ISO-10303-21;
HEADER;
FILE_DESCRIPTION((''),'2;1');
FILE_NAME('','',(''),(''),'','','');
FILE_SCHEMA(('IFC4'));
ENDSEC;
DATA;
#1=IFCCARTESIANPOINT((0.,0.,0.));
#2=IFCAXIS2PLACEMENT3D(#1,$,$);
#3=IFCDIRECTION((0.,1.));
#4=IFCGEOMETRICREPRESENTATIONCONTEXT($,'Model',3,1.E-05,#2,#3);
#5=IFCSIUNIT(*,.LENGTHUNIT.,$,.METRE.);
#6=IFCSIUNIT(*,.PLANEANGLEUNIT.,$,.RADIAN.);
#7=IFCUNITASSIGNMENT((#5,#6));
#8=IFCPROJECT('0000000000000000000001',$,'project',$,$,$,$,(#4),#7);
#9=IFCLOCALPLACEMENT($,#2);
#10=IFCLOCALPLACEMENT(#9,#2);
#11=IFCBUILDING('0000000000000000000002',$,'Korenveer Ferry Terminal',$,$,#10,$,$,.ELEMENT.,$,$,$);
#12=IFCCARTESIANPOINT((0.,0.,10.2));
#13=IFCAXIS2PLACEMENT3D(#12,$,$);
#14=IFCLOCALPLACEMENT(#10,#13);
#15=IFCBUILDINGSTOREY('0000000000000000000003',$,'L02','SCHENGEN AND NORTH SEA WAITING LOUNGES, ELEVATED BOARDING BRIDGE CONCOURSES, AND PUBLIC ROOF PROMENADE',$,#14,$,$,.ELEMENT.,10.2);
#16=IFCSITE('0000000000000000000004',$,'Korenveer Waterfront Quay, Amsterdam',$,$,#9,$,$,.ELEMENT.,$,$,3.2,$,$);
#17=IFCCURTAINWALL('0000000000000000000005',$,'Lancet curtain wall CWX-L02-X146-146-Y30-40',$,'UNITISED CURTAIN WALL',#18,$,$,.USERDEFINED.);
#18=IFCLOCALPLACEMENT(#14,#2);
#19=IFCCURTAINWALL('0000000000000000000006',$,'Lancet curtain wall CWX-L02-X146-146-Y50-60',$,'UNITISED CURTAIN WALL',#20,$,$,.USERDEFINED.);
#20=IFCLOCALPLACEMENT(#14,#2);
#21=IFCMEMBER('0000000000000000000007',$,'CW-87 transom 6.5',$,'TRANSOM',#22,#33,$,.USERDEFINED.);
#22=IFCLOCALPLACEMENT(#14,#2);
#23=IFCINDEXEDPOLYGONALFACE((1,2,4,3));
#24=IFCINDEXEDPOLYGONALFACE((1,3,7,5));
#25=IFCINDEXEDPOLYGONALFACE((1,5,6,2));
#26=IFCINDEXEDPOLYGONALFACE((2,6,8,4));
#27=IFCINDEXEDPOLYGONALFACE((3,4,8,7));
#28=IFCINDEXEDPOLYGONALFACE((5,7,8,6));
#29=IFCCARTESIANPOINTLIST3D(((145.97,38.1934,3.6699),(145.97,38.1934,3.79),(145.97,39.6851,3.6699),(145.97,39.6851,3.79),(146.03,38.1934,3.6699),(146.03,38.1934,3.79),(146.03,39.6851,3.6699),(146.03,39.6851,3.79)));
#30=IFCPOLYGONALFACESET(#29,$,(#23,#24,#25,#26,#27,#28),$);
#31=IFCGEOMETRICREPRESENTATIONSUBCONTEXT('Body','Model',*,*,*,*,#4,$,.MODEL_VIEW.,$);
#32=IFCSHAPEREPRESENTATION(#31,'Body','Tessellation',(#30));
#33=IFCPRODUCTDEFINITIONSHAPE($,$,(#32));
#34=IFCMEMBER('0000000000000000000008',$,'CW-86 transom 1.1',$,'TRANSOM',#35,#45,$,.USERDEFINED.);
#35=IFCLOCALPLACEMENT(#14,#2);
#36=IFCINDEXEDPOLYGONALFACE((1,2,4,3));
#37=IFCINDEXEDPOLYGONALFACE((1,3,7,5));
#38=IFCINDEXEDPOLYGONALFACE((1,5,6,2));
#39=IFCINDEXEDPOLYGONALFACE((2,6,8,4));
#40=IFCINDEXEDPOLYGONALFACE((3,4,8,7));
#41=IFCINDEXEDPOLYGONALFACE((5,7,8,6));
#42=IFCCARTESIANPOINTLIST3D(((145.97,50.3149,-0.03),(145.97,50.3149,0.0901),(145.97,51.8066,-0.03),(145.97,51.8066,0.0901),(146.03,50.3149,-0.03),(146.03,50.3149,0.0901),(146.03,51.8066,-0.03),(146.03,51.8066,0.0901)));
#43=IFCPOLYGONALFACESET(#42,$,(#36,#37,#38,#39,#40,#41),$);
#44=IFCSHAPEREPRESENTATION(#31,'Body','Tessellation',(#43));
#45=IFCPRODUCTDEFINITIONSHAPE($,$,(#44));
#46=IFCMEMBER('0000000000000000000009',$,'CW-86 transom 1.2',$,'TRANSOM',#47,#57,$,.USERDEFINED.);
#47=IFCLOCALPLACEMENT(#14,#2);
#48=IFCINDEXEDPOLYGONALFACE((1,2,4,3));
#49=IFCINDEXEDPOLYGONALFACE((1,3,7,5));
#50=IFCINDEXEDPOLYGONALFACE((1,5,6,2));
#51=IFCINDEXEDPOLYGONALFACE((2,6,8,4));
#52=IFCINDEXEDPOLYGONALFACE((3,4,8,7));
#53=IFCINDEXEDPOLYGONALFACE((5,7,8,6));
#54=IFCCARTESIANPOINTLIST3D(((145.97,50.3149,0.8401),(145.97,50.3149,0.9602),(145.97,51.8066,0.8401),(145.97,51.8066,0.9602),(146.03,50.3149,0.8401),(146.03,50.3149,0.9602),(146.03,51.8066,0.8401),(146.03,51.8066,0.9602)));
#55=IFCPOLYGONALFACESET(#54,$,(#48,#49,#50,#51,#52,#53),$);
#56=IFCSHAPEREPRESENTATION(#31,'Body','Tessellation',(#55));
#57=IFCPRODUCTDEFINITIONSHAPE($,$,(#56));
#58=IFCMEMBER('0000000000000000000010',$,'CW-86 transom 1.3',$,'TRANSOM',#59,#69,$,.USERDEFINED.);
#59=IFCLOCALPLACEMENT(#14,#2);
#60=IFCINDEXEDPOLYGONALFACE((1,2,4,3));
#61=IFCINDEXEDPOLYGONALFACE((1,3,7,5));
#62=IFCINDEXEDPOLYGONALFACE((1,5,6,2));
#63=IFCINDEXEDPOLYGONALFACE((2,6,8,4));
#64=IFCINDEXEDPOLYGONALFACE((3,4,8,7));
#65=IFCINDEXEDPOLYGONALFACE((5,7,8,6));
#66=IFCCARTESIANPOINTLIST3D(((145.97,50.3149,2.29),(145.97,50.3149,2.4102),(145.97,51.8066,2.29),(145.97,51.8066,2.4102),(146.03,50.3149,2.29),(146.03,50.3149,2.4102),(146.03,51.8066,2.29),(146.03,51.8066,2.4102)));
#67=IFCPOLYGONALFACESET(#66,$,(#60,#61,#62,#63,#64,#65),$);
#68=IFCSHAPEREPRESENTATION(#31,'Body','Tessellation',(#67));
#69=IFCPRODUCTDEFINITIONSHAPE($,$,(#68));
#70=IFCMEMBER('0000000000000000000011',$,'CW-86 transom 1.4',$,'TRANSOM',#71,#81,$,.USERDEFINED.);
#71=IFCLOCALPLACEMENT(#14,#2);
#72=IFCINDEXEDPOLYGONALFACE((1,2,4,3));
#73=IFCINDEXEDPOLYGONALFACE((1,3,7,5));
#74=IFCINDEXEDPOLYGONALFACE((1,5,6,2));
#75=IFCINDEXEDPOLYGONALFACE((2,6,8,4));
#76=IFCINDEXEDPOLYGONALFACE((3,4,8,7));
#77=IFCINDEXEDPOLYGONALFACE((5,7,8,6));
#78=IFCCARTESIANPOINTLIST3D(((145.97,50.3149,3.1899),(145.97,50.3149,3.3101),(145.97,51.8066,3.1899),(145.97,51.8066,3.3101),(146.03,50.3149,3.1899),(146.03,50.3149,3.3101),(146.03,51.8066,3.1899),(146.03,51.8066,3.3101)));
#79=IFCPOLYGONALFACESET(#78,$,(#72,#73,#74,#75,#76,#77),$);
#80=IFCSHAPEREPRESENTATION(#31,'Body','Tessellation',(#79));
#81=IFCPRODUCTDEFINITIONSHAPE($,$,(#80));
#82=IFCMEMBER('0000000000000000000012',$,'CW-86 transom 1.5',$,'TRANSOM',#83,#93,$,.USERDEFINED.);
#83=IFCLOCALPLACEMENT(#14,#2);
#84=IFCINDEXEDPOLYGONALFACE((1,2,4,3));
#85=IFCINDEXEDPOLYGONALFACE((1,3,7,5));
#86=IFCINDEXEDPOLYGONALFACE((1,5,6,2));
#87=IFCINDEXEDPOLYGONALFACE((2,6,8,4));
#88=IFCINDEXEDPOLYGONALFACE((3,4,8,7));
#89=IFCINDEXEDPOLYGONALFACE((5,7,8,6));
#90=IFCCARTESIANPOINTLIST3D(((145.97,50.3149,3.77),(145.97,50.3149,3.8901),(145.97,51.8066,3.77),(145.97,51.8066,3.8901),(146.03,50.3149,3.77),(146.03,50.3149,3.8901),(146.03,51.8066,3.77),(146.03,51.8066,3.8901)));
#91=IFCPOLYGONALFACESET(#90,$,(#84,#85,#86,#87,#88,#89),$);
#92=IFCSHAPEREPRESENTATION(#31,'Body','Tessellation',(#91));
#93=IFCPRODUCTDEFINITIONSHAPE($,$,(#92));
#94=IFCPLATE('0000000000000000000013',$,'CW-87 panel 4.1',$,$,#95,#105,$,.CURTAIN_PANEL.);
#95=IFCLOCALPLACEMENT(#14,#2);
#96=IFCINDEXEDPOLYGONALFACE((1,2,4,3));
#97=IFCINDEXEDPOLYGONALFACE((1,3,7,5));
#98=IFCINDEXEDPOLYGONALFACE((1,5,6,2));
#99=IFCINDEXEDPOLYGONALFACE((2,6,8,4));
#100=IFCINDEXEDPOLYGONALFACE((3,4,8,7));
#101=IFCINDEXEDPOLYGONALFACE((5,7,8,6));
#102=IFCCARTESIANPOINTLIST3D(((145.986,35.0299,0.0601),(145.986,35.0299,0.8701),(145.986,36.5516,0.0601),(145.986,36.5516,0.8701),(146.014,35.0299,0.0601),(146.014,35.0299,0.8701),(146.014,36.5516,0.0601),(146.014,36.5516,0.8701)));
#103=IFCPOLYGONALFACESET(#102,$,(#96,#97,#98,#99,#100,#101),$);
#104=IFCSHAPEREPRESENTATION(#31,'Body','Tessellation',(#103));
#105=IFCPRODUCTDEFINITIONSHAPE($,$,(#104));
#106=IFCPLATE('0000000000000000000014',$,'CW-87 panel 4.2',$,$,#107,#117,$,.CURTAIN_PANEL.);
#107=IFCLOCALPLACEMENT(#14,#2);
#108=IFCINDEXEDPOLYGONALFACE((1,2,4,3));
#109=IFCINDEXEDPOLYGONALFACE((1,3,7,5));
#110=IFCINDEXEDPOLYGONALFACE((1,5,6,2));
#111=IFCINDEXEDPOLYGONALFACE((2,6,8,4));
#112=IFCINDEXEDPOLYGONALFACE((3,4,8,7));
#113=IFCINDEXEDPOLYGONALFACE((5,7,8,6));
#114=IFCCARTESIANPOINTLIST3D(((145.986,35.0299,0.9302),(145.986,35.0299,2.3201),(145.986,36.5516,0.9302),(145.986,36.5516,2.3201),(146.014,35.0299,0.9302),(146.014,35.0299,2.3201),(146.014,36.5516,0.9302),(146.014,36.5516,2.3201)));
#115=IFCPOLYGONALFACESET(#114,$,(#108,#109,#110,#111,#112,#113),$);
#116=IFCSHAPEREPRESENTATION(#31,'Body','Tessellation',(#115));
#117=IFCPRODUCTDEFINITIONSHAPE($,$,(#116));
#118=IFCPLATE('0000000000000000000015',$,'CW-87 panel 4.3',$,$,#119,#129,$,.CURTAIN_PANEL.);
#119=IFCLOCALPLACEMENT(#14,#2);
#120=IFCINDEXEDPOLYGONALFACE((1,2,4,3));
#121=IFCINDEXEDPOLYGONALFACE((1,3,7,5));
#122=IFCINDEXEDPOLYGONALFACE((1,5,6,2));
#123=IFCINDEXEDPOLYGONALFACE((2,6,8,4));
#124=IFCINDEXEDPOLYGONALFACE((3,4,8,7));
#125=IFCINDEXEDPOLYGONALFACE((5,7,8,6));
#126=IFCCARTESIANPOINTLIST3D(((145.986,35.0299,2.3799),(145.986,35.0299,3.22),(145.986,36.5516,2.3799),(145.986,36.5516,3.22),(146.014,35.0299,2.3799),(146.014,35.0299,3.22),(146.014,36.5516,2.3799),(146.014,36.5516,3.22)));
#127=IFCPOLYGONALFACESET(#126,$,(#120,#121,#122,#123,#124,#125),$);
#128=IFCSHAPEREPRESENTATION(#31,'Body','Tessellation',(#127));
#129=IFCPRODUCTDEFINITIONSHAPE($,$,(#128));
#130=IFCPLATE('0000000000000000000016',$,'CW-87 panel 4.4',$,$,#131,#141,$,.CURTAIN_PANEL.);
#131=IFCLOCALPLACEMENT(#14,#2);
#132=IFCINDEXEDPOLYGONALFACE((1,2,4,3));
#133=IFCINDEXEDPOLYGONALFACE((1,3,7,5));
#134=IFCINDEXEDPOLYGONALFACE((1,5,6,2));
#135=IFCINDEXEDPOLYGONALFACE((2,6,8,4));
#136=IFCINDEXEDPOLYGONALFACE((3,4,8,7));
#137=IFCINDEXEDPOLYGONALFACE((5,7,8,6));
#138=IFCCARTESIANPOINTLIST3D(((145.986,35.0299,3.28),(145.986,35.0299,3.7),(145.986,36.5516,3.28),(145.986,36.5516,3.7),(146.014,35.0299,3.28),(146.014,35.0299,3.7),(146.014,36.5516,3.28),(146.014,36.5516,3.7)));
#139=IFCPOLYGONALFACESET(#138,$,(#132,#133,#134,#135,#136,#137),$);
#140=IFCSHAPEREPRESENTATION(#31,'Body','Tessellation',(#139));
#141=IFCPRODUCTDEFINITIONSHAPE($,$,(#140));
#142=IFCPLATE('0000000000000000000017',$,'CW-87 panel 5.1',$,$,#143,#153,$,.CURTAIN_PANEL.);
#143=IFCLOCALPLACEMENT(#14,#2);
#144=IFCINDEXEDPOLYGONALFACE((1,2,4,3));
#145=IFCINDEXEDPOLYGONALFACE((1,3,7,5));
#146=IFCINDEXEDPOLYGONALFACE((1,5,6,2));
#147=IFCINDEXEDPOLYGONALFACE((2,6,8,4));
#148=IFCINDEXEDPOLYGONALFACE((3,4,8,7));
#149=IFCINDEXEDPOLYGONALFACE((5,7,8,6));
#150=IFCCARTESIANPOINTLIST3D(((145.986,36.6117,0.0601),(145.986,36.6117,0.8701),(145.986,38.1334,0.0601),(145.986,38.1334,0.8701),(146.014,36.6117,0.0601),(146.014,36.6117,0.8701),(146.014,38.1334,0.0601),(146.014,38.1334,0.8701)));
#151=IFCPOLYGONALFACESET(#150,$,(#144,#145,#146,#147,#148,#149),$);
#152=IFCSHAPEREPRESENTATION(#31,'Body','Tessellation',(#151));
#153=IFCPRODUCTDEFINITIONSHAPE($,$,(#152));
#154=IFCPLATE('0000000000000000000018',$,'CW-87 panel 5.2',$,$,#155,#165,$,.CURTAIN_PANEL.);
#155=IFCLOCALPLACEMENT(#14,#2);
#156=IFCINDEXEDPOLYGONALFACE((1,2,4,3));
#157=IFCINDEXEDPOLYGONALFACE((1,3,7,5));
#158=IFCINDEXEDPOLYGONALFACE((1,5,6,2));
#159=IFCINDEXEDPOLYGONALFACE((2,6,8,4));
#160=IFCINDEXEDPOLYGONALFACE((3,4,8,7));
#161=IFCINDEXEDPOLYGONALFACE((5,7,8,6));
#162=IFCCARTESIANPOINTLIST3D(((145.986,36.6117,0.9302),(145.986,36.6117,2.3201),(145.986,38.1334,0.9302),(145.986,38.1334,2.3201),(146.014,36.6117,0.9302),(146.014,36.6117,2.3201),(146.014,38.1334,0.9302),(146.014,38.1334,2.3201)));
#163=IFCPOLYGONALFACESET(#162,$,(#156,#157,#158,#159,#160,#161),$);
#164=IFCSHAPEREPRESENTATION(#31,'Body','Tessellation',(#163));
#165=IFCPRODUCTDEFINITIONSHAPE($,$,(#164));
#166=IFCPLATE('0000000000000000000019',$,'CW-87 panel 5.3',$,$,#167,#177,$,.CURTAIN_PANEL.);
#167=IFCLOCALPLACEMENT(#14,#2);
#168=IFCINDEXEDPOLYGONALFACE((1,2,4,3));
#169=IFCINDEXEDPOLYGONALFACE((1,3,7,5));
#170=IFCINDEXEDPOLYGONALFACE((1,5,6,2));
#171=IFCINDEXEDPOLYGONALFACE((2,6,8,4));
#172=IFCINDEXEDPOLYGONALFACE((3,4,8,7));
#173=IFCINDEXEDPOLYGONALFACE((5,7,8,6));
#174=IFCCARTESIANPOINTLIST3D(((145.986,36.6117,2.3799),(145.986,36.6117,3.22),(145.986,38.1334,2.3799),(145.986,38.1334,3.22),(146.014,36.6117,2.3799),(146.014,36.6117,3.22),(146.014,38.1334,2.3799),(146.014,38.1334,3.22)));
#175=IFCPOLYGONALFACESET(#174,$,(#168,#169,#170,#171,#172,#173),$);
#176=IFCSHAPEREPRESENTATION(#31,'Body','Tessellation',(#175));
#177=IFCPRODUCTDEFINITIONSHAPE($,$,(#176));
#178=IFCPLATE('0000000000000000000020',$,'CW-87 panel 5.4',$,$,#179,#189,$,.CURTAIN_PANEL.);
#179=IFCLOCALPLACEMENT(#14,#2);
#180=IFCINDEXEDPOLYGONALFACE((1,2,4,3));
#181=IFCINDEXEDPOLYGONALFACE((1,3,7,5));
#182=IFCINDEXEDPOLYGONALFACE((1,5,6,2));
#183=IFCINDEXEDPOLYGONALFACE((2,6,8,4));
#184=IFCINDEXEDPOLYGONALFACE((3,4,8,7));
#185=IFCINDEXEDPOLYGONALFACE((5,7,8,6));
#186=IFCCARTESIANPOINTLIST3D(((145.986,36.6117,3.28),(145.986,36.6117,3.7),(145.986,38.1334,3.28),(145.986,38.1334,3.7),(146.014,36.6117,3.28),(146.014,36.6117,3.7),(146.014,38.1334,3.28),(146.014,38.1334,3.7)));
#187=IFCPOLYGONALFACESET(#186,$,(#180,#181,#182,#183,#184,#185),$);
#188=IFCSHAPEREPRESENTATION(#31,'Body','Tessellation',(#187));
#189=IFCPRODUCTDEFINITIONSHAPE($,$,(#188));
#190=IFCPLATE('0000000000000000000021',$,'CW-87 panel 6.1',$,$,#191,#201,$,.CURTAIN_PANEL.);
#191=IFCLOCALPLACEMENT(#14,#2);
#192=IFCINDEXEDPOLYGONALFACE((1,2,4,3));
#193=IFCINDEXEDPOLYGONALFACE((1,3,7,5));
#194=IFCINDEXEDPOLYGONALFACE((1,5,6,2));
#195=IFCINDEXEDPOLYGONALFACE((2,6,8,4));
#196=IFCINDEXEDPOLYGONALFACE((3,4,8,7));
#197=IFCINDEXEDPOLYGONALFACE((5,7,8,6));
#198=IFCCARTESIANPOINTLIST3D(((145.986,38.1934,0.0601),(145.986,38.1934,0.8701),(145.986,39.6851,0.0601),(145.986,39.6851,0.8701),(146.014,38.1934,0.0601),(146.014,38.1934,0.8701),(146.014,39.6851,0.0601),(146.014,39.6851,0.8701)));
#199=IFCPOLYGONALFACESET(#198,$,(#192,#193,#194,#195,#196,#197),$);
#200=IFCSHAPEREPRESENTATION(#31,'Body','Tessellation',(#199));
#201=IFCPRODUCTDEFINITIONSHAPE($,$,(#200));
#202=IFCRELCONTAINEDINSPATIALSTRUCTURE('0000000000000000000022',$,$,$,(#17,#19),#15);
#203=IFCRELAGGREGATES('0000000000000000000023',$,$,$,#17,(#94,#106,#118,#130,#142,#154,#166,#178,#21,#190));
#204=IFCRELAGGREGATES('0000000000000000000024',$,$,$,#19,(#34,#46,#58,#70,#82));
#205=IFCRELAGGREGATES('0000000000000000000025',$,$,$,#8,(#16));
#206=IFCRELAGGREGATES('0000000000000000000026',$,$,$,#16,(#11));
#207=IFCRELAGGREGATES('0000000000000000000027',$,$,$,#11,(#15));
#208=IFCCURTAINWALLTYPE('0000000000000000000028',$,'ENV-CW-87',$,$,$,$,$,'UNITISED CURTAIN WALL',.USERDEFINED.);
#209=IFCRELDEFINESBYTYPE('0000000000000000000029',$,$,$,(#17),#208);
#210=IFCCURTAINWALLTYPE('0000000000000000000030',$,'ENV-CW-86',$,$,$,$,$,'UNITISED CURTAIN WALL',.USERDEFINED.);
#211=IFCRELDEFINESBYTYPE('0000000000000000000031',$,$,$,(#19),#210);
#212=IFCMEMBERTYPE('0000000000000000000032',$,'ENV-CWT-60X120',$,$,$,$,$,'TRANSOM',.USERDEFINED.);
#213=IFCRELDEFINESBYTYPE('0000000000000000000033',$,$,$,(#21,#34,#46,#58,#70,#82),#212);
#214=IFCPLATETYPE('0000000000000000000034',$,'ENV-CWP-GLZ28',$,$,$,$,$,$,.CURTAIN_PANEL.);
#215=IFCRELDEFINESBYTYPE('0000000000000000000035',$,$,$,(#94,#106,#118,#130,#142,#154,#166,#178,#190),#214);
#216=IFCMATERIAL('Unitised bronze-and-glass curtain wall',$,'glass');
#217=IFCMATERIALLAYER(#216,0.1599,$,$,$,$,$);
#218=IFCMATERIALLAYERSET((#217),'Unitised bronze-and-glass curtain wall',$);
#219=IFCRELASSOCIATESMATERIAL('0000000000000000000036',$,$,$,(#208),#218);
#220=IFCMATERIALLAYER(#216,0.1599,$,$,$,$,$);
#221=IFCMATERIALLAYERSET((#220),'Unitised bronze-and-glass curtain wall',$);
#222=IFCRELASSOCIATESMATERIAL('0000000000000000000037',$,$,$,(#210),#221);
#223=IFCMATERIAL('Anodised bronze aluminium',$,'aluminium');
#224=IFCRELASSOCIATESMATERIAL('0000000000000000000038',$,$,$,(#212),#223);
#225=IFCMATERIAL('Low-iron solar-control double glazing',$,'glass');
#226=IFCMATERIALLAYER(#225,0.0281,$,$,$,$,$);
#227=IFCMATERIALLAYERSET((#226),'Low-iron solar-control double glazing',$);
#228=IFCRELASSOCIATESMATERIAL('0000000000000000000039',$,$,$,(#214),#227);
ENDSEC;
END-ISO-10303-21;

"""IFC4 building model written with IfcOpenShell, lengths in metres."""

from ifc_helpers import new_model, si_unit, direction, frame, origin, origin_2d, place, context, subcontext, project, spatial, rectangle, extrude, material, layer, layer_set, material_profile, profile_set, type_object, element, aggregate, save


model = new_model("IFC4")

# Units and contexts
model_context = context("Model", 3, precision=1e-05, world=origin(), true_north=direction((0.0, 1.0)))
body_context = subcontext(model_context, "Body", "Model", "MODEL_VIEW")
ifc_project = project(units=[si_unit("LENGTHUNIT", "METRE"), si_unit("PLANEANGLEUNIT", "RADIAN")], contexts=[model_context])

# Site, building, storey
site_placement = place(None, origin())
site = spatial("IfcSite", under=ifc_project, at=site_placement, Name="Korenveer Waterfront Quay, Amsterdam", CompositionType="ELEMENT", RefElevation=3.2)
building_placement = place(site_placement, origin())
building = spatial("IfcBuilding", under=site, at=building_placement, Name="Korenveer Ferry Terminal", CompositionType="ELEMENT")
storey_placement = place(building_placement, frame((0.0, 0.0, 10.2)))
storey = spatial("IfcBuildingStorey", under=building, at=storey_placement, Name="L02", Description="SCHENGEN AND NORTH SEA WAITING LOUNGES, ELEVATED BOARDING BRIDGE CONCOURSES, AND PUBLIC ROOF PROMENADE", CompositionType="ELEMENT", Elevation=10.2)

# Curtain wall
ifc_material_1 = material(Name="Unitised bronze-and-glass curtain wall", Category="glass")
ifc_layer_1 = layer(ifc_material_1, 0.1599)
ifc_layer_set_1 = layer_set([ifc_layer_1], Name="Unitised bronze-and-glass curtain wall")
curtain_wall_type_1 = type_object("IfcCurtainWallType", Name="ENV-CW-87", ElementType="UNITISED CURTAIN WALL", PredefinedType="USERDEFINED", material=ifc_layer_set_1)
curtain_wall_1_placement = place(storey_placement, frame((146.0, 30.2549, 0.0)))
curtain_wall_1 = element("IfcCurtainWall", 1, at=curtain_wall_1_placement, inside=storey, type_object=curtain_wall_type_1, Name="Lancet curtain wall CWX-L02-X146-146-Y30-40", ObjectType="UNITISED CURTAIN WALL", PredefinedType="USERDEFINED")
ifc_material_2 = material(Name="Anodised bronze aluminium", Category="aluminium")

# Curtain wall
ifc_layer_2 = layer(ifc_material_1, 0.1599)
ifc_layer_set_2 = layer_set([ifc_layer_2], Name="Unitised bronze-and-glass curtain wall")
curtain_wall_type_2 = type_object("IfcCurtainWallType", Name="ENV-CW-86", ElementType="UNITISED CURTAIN WALL", PredefinedType="USERDEFINED", material=ifc_layer_set_2)
curtain_wall_2_placement = place(storey_placement, frame((146.0, 50.2549, 0.0)))
curtain_wall_2 = element("IfcCurtainWall", 2, at=curtain_wall_2_placement, inside=storey, type_object=curtain_wall_type_2, Name="Lancet curtain wall CWX-L02-X146-146-Y50-60", ObjectType="UNITISED CURTAIN WALL", PredefinedType="USERDEFINED")

# Members
ifc_material_profile_1 = material_profile(ifc_material_2, rectangle(XDim=0.0601, YDim=0.1201, at=origin_2d()), Name="ALU 60x120")
ifc_profile_set_1 = profile_set([ifc_material_profile_1], Name="Anodised bronze aluminium")
member_type_1 = type_object("IfcMemberType", Name="ENV-CWT-60X120", ElementType="TRANSOM", PredefinedType="USERDEFINED", material=ifc_profile_set_1)
member_1_placement = place(storey_placement, frame((146.0, 38.1934, 3.73), z_axis=(0.0, 1.0, 0.0), x_axis=(-1.0, 0.0, 0.0)))
member_1 = element("IfcMember", 3, at=member_1_placement, type_object=member_type_1, Name="CW-87 transom 6.5", ObjectType="TRANSOM", PredefinedType="USERDEFINED", context=body_context, shape_type="SweptSolid", body=[
    extrude(rectangle(XDim=0.0601, YDim=0.1201, at=origin_2d()), origin(), (0.0, 0.0, 1.0), 1.4917),
])
member_2_placement = place(storey_placement, frame((146.0, 50.3149, 0.03), z_axis=(0.0, 1.0, 0.0), x_axis=(-1.0, 0.0, 0.0)))
member_2 = element("IfcMember", 4, at=member_2_placement, type_object=member_type_1, Name="CW-86 transom 1.1", ObjectType="TRANSOM", PredefinedType="USERDEFINED", context=body_context, shape_type="SweptSolid", body=[
    extrude(rectangle(XDim=0.0601, YDim=0.1201, at=origin_2d()), origin(), (0.0, 0.0, 1.0), 1.4917),
])
member_3_placement = place(storey_placement, frame((146.0, 50.3149, 0.9001), z_axis=(0.0, 1.0, 0.0), x_axis=(-1.0, 0.0, 0.0)))
member_3 = element("IfcMember", 5, at=member_3_placement, type_object=member_type_1, Name="CW-86 transom 1.2", ObjectType="TRANSOM", PredefinedType="USERDEFINED", context=body_context, shape_type="SweptSolid", body=[
    extrude(rectangle(XDim=0.0601, YDim=0.1201, at=origin_2d()), origin(), (0.0, 0.0, 1.0), 1.4917),
])
member_4_placement = place(storey_placement, frame((146.0, 50.3149, 2.3501), z_axis=(0.0, 1.0, 0.0), x_axis=(-1.0, 0.0, 0.0)))
member_4 = element("IfcMember", 6, at=member_4_placement, type_object=member_type_1, Name="CW-86 transom 1.3", ObjectType="TRANSOM", PredefinedType="USERDEFINED", context=body_context, shape_type="SweptSolid", body=[
    extrude(rectangle(XDim=0.0601, YDim=0.1201, at=origin_2d()), origin(), (0.0, 0.0, 1.0), 1.4917),
])
member_5_placement = place(storey_placement, frame((146.0, 50.3149, 3.25), z_axis=(0.0, 1.0, 0.0), x_axis=(-1.0, 0.0, 0.0)))
member_5 = element("IfcMember", 7, at=member_5_placement, type_object=member_type_1, Name="CW-86 transom 1.4", ObjectType="TRANSOM", PredefinedType="USERDEFINED", context=body_context, shape_type="SweptSolid", body=[
    extrude(rectangle(XDim=0.0601, YDim=0.1201, at=origin_2d()), origin(), (0.0, 0.0, 1.0), 1.4917),
])
member_6_placement = place(storey_placement, frame((146.0, 50.3149, 3.8301), z_axis=(0.0, 1.0, 0.0), x_axis=(-1.0, 0.0, 0.0)))
member_6 = element("IfcMember", 8, at=member_6_placement, type_object=member_type_1, Name="CW-86 transom 1.5", ObjectType="TRANSOM", PredefinedType="USERDEFINED", context=body_context, shape_type="SweptSolid", body=[
    extrude(rectangle(XDim=0.0601, YDim=0.1201, at=origin_2d()), origin(), (0.0, 0.0, 1.0), 1.4917),
])

# Plates
ifc_material_3 = material(Name="Low-iron solar-control double glazing", Category="glass")
ifc_layer_3 = layer(ifc_material_3, 0.0281)
ifc_layer_set_3 = layer_set([ifc_layer_3], Name="Low-iron solar-control double glazing")
plate_type = type_object("IfcPlateType", Name="ENV-CWP-GLZ28", PredefinedType="CURTAIN_PANEL", material=ifc_layer_set_3)
plate_1_placement = place(storey_placement, frame((146.0, 35.7908, 0.0601), z_axis=(0.0, 0.0, 1.0), x_axis=(0.0, 1.0, 0.0)))
plate_1 = element("IfcPlate", 9, at=plate_1_placement, type_object=plate_type, Name="CW-87 panel 4.1", PredefinedType="CURTAIN_PANEL", context=body_context, shape_type="SweptSolid", body=[
    extrude(rectangle(XDim=1.5217, YDim=0.0281, at=origin_2d()), origin(), (0.0, 0.0, 1.0), 0.8101),
])
plate_2_placement = place(storey_placement, frame((146.0, 35.7908, 0.9302), z_axis=(0.0, 0.0, 1.0), x_axis=(0.0, 1.0, 0.0)))
plate_2 = element("IfcPlate", 10, at=plate_2_placement, type_object=plate_type, Name="CW-87 panel 4.2", PredefinedType="CURTAIN_PANEL", context=body_context, shape_type="SweptSolid", body=[
    extrude(rectangle(XDim=1.5217, YDim=0.0281, at=origin_2d()), origin(), (0.0, 0.0, 1.0), 1.3899),
])
plate_3_placement = place(storey_placement, frame((146.0, 35.7908, 2.3799), z_axis=(0.0, 0.0, 1.0), x_axis=(0.0, 1.0, 0.0)))
plate_3 = element("IfcPlate", 11, at=plate_3_placement, type_object=plate_type, Name="CW-87 panel 4.3", PredefinedType="CURTAIN_PANEL", context=body_context, shape_type="SweptSolid", body=[
    extrude(rectangle(XDim=1.5217, YDim=0.0281, at=origin_2d()), origin(), (0.0, 0.0, 1.0), 0.8401),
])
plate_4_placement = place(storey_placement, frame((146.0, 35.7908, 3.28), z_axis=(0.0, 0.0, 1.0), x_axis=(0.0, 1.0, 0.0)))
plate_4 = element("IfcPlate", 12, at=plate_4_placement, type_object=plate_type, Name="CW-87 panel 4.4", PredefinedType="CURTAIN_PANEL", context=body_context, shape_type="SweptSolid", body=[
    extrude(rectangle(XDim=1.5217, YDim=0.0281, at=origin_2d()), origin(), (0.0, 0.0, 1.0), 0.4199),
])
plate_5_placement = place(storey_placement, frame((146.0, 37.3726, 0.0601), z_axis=(0.0, 0.0, 1.0), x_axis=(0.0, 1.0, 0.0)))
plate_5 = element("IfcPlate", 13, at=plate_5_placement, type_object=plate_type, Name="CW-87 panel 5.1", PredefinedType="CURTAIN_PANEL", context=body_context, shape_type="SweptSolid", body=[
    extrude(rectangle(XDim=1.5217, YDim=0.0281, at=origin_2d()), origin(), (0.0, 0.0, 1.0), 0.8101),
])
plate_6_placement = place(storey_placement, frame((146.0, 37.3726, 0.9302), z_axis=(0.0, 0.0, 1.0), x_axis=(0.0, 1.0, 0.0)))
plate_6 = element("IfcPlate", 14, at=plate_6_placement, type_object=plate_type, Name="CW-87 panel 5.2", PredefinedType="CURTAIN_PANEL", context=body_context, shape_type="SweptSolid", body=[
    extrude(rectangle(XDim=1.5217, YDim=0.0281, at=origin_2d()), origin(), (0.0, 0.0, 1.0), 1.3899),
])
plate_7_placement = place(storey_placement, frame((146.0, 37.3726, 2.3799), z_axis=(0.0, 0.0, 1.0), x_axis=(0.0, 1.0, 0.0)))
plate_7 = element("IfcPlate", 15, at=plate_7_placement, type_object=plate_type, Name="CW-87 panel 5.3", PredefinedType="CURTAIN_PANEL", context=body_context, shape_type="SweptSolid", body=[
    extrude(rectangle(XDim=1.5217, YDim=0.0281, at=origin_2d()), origin(), (0.0, 0.0, 1.0), 0.8401),
])
plate_8_placement = place(storey_placement, frame((146.0, 37.3726, 3.28), z_axis=(0.0, 0.0, 1.0), x_axis=(0.0, 1.0, 0.0)))
plate_8 = element("IfcPlate", 16, at=plate_8_placement, type_object=plate_type, Name="CW-87 panel 5.4", PredefinedType="CURTAIN_PANEL", context=body_context, shape_type="SweptSolid", body=[
    extrude(rectangle(XDim=1.5217, YDim=0.0281, at=origin_2d()), origin(), (0.0, 0.0, 1.0), 0.4199),
])
plate_9_placement = place(storey_placement, frame((146.0, 38.9392, 0.0601), z_axis=(0.0, 0.0, 1.0), x_axis=(0.0, 1.0, 0.0)))
plate_9 = element("IfcPlate", 17, at=plate_9_placement, type_object=plate_type, Name="CW-87 panel 6.1", PredefinedType="CURTAIN_PANEL", context=body_context, shape_type="SweptSolid", body=[
    extrude(rectangle(XDim=1.4917, YDim=0.0281, at=origin_2d()), origin(), (0.0, 0.0, 1.0), 0.8101),
])
aggregate(curtain_wall_1, [plate_1, plate_2, plate_3, plate_4, plate_5, plate_6, plate_7, plate_8, member_1, plate_9])
aggregate(curtain_wall_2, [member_2, member_3, member_4, member_5, member_6])

save(model, "model.ifc")
